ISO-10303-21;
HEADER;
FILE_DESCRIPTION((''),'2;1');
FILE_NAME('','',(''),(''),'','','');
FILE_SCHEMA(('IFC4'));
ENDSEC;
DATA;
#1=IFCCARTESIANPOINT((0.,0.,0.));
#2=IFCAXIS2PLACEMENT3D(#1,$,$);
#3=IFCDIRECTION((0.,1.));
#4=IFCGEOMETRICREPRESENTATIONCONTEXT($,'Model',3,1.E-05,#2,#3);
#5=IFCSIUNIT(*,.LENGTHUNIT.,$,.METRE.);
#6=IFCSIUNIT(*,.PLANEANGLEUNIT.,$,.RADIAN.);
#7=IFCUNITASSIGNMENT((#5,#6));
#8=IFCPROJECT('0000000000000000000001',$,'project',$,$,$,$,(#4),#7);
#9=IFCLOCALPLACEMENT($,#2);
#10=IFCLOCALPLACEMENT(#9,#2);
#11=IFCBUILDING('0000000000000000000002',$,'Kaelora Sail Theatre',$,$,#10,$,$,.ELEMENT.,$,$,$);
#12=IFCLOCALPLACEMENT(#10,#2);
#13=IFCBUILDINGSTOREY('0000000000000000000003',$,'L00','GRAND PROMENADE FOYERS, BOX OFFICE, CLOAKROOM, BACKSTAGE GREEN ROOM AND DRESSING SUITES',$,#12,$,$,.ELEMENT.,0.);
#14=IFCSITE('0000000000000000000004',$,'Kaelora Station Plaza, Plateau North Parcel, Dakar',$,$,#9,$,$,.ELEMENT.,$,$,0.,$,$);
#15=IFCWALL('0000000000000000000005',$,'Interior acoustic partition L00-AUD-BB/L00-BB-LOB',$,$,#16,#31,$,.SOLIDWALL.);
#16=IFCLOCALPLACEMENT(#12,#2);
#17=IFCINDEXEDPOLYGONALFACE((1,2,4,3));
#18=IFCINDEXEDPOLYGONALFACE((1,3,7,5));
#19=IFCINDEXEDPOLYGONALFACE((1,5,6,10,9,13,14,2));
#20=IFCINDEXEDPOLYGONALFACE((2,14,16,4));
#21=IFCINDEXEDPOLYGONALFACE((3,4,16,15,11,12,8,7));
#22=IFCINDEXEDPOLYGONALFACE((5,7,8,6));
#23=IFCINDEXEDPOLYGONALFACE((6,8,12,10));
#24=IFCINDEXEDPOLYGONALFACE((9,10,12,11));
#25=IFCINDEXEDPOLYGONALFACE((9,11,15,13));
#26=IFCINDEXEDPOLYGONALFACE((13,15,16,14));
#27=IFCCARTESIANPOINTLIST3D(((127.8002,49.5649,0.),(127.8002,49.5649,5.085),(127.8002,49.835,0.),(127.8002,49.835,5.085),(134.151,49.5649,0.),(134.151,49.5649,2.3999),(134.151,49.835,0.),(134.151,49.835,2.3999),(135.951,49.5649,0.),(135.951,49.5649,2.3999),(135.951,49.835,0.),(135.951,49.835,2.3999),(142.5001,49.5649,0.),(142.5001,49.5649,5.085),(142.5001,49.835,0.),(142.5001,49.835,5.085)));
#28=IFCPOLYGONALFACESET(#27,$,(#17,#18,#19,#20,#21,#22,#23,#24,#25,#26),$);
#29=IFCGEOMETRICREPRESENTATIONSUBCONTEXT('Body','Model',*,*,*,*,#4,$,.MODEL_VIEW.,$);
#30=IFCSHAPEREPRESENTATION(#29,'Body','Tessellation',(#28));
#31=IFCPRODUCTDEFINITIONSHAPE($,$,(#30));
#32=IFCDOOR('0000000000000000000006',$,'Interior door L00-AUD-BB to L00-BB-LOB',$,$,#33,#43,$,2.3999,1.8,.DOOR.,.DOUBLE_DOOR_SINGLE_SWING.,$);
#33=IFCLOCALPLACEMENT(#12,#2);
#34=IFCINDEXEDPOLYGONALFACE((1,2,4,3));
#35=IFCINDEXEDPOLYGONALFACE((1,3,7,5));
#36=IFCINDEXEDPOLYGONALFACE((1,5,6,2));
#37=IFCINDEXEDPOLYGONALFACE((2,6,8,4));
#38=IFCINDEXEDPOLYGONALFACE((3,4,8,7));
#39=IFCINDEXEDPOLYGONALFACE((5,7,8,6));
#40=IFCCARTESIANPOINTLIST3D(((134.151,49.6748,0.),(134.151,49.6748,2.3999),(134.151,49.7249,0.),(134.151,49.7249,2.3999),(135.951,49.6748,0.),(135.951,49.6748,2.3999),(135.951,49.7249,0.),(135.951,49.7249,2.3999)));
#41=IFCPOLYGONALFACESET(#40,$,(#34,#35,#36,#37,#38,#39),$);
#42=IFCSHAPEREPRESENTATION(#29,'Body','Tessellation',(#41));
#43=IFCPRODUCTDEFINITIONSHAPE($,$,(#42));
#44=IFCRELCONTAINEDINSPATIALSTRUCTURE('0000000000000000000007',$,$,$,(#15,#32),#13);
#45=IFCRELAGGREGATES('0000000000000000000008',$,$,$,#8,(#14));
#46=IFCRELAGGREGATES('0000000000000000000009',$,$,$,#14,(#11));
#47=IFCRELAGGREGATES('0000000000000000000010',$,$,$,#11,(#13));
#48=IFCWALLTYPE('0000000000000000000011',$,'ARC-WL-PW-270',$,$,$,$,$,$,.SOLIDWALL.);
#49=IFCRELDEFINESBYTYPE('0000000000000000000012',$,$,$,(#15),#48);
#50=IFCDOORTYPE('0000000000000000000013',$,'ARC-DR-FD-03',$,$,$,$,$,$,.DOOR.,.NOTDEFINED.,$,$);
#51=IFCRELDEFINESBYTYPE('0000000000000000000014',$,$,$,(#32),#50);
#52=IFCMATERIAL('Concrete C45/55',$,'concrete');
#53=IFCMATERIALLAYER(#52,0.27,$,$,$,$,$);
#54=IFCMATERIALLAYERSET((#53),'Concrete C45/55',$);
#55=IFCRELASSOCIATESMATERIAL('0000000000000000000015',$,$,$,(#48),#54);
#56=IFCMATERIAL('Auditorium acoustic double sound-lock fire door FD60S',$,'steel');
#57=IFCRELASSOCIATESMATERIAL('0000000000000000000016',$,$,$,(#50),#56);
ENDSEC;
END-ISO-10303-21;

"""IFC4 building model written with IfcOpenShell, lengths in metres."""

from ifc_helpers import new_model, si_unit, direction, frame, frame_2d, origin, place, context, subcontext, project, spatial, rectangle, extrude, material, layer, layer_set, type_object, element, fill, save


model = new_model("IFC4")

# Units and contexts
model_context = context("Model", 3, precision=1e-05, world=origin(), true_north=direction((0.0, 1.0)))
body_context = subcontext(model_context, "Body", "Model", "MODEL_VIEW")
ifc_project = project(units=[si_unit("LENGTHUNIT", "METRE"), si_unit("PLANEANGLEUNIT", "RADIAN")], contexts=[model_context])

# Site, building, storey
site_placement = place(None, origin())
site = spatial("IfcSite", under=ifc_project, at=site_placement, Name="Kaelora Station Plaza, Plateau North Parcel, Dakar", CompositionType="ELEMENT", RefElevation=0.0)
building_placement = place(site_placement, origin())
building = spatial("IfcBuilding", under=site, at=building_placement, Name="Kaelora Sail Theatre", CompositionType="ELEMENT")
storey_placement = place(building_placement, origin())
storey = spatial("IfcBuildingStorey", under=building, at=storey_placement, Name="L00", Description="GRAND PROMENADE FOYERS, BOX OFFICE, CLOAKROOM, BACKSTAGE GREEN ROOM AND DRESSING SUITES", CompositionType="ELEMENT", Elevation=0.0)

# Wall, opening, door
ifc_material_1 = material(Name="Concrete C45/55", Category="concrete")
ifc_layer_1 = layer(ifc_material_1, 0.27)
ifc_layer_set_1 = layer_set([ifc_layer_1], Name="Concrete C45/55")
wall_type_1 = type_object("IfcWallType", Name="ARC-WL-PW-270", PredefinedType="SOLIDWALL", material=ifc_layer_set_1)
wall_1_placement = place(storey_placement, frame((127.8, 49.7, 0.0), z_axis=(0.0, 0.0, 1.0), x_axis=(1.0, 0.0, 0.0)))
wall_1 = element("IfcWall", 1, at=wall_1_placement, inside=storey, type_object=wall_type_1, Name="Interior acoustic partition L00-AUD-BB/L00-BB-LOB", PredefinedType="SOLIDWALL", context=body_context, shape_type="SweptSolid", body=[
    extrude(rectangle(XDim=14.7, YDim=0.27, at=frame_2d((7.3501, 0.0))), origin(), (0.0, 0.0, 1.0), 5.085),
])
opening_1_placement = place(wall_1_placement, frame((6.3511, 0.0, 0.0)))
opening_1 = element("IfcOpeningElement", 2, at=opening_1_placement, cuts=wall_1, PredefinedType="OPENING", context=body_context, shape_type="SweptSolid", body=[
    extrude(rectangle(XDim=1.8, YDim=2.3999, at=frame_2d((0.8999, 1.2))), frame((0.0, 0.145, 0.0), z_axis=(0.0, -1.0, 0.0), x_axis=(1.0, 0.0, 0.0)), (0.0, 0.0, 1.0), 0.29),
])
ifc_material_2 = material(Name="Auditorium acoustic double sound-lock fire door FD60S", Category="steel")
door_type_1 = type_object("IfcDoorType", Name="ARC-DR-FD-03", OperationType="NOTDEFINED", PredefinedType="DOOR", material=ifc_material_2)
door_1_placement = place(opening_1_placement, origin())
door_1 = element("IfcDoor", 3, at=door_1_placement, inside=storey, type_object=door_type_1, Name="Interior door L00-AUD-BB to L00-BB-LOB", OperationType="DOUBLE_DOOR_SINGLE_SWING", OverallHeight=2.3999, OverallWidth=1.8, PredefinedType="DOOR", context=body_context, shape_type="SweptSolid", body=[
    extrude(rectangle(XDim=1.8, YDim=2.3999, at=frame_2d((0.8999, 1.2))), frame((0.0, 0.0249, 0.0), z_axis=(0.0, -1.0, 0.0), x_axis=(1.0, 0.0, 0.0)), (0.0, 0.0, 1.0), 0.05),
])
fill(opening_1, door_1)

save(model, "model.ifc")
